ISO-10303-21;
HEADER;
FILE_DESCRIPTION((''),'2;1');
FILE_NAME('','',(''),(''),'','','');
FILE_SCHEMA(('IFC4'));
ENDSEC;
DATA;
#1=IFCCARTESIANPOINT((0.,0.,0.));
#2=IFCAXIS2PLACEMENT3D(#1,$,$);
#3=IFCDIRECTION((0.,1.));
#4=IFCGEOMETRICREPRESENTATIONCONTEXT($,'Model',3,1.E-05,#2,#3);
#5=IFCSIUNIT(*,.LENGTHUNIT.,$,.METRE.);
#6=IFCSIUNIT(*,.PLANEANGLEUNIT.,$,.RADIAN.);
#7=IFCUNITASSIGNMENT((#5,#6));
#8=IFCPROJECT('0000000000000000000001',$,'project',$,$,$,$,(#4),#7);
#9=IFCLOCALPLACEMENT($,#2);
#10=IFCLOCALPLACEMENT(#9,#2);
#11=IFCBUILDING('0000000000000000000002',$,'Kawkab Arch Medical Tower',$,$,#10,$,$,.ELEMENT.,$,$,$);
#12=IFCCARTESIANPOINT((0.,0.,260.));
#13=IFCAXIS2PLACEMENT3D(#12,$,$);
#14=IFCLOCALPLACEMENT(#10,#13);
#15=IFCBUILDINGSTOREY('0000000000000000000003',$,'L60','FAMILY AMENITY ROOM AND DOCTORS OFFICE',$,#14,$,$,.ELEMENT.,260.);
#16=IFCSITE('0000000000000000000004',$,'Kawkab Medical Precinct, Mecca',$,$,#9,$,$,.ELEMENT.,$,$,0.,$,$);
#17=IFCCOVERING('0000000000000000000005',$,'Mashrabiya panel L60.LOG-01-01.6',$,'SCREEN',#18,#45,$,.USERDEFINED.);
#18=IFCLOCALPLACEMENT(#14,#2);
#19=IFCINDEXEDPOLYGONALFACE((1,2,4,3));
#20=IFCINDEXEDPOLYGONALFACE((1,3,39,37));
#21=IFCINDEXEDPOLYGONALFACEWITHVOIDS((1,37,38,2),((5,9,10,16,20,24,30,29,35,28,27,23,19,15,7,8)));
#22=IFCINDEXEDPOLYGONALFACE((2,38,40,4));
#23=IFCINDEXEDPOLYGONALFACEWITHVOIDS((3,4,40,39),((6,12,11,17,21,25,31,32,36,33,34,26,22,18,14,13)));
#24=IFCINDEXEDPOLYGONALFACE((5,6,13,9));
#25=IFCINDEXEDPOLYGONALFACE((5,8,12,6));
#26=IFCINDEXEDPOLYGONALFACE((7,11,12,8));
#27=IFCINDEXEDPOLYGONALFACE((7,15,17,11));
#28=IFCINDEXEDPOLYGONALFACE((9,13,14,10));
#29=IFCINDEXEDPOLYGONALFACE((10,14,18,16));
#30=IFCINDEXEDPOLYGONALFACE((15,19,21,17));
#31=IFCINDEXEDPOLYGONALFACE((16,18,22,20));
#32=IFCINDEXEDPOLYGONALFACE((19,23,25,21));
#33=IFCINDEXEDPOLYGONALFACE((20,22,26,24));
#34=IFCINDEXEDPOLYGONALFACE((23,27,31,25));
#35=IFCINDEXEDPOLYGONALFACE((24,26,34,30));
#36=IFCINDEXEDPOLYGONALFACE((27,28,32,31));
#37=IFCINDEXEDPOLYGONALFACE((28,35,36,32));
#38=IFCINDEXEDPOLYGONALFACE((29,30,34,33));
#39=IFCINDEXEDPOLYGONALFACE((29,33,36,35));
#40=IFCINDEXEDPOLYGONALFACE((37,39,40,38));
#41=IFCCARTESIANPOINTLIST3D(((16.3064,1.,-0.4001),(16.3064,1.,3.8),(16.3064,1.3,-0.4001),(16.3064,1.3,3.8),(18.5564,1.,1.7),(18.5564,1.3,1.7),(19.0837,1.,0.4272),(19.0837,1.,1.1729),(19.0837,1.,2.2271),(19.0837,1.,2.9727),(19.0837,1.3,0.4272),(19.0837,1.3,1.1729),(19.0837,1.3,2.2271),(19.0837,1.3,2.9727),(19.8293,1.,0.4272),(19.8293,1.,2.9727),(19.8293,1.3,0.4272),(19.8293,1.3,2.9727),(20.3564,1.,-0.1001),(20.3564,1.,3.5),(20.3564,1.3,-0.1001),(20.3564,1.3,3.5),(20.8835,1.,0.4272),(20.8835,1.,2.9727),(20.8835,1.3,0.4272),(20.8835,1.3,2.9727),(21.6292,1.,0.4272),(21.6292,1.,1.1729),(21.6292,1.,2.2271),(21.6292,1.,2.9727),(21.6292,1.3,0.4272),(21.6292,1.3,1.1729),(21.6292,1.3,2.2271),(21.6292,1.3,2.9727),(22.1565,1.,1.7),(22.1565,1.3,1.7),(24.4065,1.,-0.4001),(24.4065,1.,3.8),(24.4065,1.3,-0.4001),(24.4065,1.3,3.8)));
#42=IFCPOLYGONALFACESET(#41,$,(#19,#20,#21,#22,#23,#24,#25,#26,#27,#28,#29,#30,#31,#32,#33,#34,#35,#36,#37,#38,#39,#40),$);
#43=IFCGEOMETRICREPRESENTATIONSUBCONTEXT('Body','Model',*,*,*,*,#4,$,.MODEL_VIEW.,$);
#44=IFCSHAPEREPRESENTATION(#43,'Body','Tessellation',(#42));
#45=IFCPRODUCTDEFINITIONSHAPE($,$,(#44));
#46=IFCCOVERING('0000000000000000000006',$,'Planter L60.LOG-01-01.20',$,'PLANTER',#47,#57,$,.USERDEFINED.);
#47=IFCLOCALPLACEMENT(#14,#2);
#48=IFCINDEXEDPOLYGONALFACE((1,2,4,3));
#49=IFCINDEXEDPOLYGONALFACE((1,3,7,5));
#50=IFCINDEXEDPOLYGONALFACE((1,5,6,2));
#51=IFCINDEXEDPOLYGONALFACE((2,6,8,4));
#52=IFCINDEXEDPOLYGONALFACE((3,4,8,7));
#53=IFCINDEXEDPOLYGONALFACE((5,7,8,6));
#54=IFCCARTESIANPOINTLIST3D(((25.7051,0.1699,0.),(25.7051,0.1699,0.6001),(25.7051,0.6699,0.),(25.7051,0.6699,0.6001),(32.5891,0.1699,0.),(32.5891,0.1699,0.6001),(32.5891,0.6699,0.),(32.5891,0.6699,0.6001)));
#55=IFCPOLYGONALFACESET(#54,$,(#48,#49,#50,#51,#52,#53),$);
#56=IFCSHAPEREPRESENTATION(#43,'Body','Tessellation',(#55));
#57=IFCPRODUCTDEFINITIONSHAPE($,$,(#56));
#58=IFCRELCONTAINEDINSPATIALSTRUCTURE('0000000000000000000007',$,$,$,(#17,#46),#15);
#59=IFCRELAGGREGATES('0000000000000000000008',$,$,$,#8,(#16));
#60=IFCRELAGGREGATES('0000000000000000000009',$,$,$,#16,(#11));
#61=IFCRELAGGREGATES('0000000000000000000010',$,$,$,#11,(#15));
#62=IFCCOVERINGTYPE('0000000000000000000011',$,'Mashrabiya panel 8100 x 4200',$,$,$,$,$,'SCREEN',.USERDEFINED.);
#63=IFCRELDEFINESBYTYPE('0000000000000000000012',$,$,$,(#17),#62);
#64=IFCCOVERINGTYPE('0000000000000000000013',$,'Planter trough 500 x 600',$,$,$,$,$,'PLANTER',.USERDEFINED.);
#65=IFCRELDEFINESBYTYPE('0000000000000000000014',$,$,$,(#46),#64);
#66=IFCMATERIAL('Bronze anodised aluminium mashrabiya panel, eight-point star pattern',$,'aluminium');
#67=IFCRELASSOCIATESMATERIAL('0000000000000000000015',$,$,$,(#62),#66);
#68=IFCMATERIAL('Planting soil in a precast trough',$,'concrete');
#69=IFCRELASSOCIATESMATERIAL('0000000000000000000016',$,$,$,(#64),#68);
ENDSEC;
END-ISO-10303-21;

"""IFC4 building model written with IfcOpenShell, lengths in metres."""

from ifc_helpers import new_model, si_unit, direction, frame, origin, origin_2d, place, context, subcontext, project, spatial, polyline, rectangle, outline, extrude, material, material_profile, profile_set, type_object, element, save


model = new_model("IFC4")

# Units and contexts
model_context = context("Model", 3, precision=1e-05, world=origin(), true_north=direction((0.0, 1.0)))
body_context = subcontext(model_context, "Body", "Model", "MODEL_VIEW")
ifc_project = project(units=[si_unit("LENGTHUNIT", "METRE"), si_unit("PLANEANGLEUNIT", "RADIAN")], contexts=[model_context])

# Site, building, storey
site_placement = place(None, origin())
site = spatial("IfcSite", under=ifc_project, at=site_placement, Name="Kawkab Medical Precinct, Mecca", CompositionType="ELEMENT", RefElevation=0.0)
building_placement = place(site_placement, origin())
building = spatial("IfcBuilding", under=site, at=building_placement, Name="Kawkab Arch Medical Tower", CompositionType="ELEMENT")
storey_placement = place(building_placement, frame((0.0, 0.0, 260.0)))
storey = spatial("IfcBuildingStorey", under=building, at=storey_placement, Name="L60", Description="FAMILY AMENITY ROOM AND DOCTORS OFFICE", CompositionType="ELEMENT", Elevation=260.0)

# Coverings
ifc_material_1 = material(Name="Bronze anodised aluminium mashrabiya panel, eight-point star pattern", Category="aluminium")
ifc_material_profile_1 = material_profile(ifc_material_1, outline(polyline([(-4.05, -2.1001), (4.05, -2.1001), (4.05, 2.1001), (-4.05, 2.1001), (-4.05, -2.1001)]), holes=[polyline([(1.8, 0.0), (1.2727, 0.5271), (1.2727, 1.2727), (0.5271, 1.2727), (0.0, 1.8), (-0.5271, 1.2727), (-1.2727, 1.2727), (-1.2727, 0.5271), (-1.8, 0.0), (-1.2727, -0.5271), (-1.2727, -1.2727), (-0.5271, -1.2727), (0.0, -1.8), (0.5271, -1.2727), (1.2727, -1.2727), (1.2727, -0.5271), (1.8, 0.0)])]), Name="Mashrabiya panel 8100x4200")
ifc_profile_set_1 = profile_set([ifc_material_profile_1], Name="Bronze anodised aluminium mashrabiya panel, eight-point star pattern")
covering_type_1 = type_object("IfcCoveringType", Name="Mashrabiya panel 8100 x 4200", ElementType="SCREEN", PredefinedType="USERDEFINED", material=ifc_profile_set_1)
covering_1_placement = place(storey_placement, frame((20.3564, 1.0, 1.7), z_axis=(0.0, 1.0, 0.0), x_axis=(-1.0, 0.0, 0.0)))
element("IfcCovering", 1, at=covering_1_placement, inside=storey, type_object=covering_type_1, Name="Mashrabiya panel L60.LOG-01-01.6", ObjectType="SCREEN", PredefinedType="USERDEFINED", context=body_context, shape_type="SweptSolid", body=[
    extrude(outline(polyline([(-4.05, -2.1001), (4.05, -2.1001), (4.05, 2.1001), (-4.05, 2.1001), (-4.05, -2.1001)]), holes=[polyline([(1.8, 0.0), (1.2727, 0.5271), (1.2727, 1.2727), (0.5271, 1.2727), (0.0, 1.8), (-0.5271, 1.2727), (-1.2727, 1.2727), (-1.2727, 0.5271), (-1.8, 0.0), (-1.2727, -0.5271), (-1.2727, -1.2727), (-0.5271, -1.2727), (0.0, -1.8), (0.5271, -1.2727), (1.2727, -1.2727), (1.2727, -0.5271), (1.8, 0.0)])]), origin(), (0.0, 0.0, 1.0), 0.3),
])
ifc_material_2 = material(Name="Planting soil in a precast trough", Category="concrete")
ifc_material_profile_2 = material_profile(ifc_material_2, rectangle(XDim=0.5, YDim=0.6001, at=origin_2d()), Name="Trough 500x600")
ifc_profile_set_2 = profile_set([ifc_material_profile_2], Name="Planting soil in a precast trough")
covering_type_2 = type_object("IfcCoveringType", Name="Planter trough 500 x 600", ElementType="PLANTER", PredefinedType="USERDEFINED", material=ifc_profile_set_2)
covering_2_placement = place(storey_placement, frame((25.7051, 0.4199, 0.3), z_axis=(1.0, 0.0, 0.0), x_axis=(0.0, 1.0, 0.0)))
element("IfcCovering", 2, at=covering_2_placement, inside=storey, type_object=covering_type_2, Name="Planter L60.LOG-01-01.20", ObjectType="PLANTER", PredefinedType="USERDEFINED", context=body_context, shape_type="SweptSolid", body=[
    extrude(rectangle(XDim=0.5, YDim=0.6001, at=origin_2d()), origin(), (0.0, 0.0, 1.0), 6.884),
])

save(model, "model.ifc")
